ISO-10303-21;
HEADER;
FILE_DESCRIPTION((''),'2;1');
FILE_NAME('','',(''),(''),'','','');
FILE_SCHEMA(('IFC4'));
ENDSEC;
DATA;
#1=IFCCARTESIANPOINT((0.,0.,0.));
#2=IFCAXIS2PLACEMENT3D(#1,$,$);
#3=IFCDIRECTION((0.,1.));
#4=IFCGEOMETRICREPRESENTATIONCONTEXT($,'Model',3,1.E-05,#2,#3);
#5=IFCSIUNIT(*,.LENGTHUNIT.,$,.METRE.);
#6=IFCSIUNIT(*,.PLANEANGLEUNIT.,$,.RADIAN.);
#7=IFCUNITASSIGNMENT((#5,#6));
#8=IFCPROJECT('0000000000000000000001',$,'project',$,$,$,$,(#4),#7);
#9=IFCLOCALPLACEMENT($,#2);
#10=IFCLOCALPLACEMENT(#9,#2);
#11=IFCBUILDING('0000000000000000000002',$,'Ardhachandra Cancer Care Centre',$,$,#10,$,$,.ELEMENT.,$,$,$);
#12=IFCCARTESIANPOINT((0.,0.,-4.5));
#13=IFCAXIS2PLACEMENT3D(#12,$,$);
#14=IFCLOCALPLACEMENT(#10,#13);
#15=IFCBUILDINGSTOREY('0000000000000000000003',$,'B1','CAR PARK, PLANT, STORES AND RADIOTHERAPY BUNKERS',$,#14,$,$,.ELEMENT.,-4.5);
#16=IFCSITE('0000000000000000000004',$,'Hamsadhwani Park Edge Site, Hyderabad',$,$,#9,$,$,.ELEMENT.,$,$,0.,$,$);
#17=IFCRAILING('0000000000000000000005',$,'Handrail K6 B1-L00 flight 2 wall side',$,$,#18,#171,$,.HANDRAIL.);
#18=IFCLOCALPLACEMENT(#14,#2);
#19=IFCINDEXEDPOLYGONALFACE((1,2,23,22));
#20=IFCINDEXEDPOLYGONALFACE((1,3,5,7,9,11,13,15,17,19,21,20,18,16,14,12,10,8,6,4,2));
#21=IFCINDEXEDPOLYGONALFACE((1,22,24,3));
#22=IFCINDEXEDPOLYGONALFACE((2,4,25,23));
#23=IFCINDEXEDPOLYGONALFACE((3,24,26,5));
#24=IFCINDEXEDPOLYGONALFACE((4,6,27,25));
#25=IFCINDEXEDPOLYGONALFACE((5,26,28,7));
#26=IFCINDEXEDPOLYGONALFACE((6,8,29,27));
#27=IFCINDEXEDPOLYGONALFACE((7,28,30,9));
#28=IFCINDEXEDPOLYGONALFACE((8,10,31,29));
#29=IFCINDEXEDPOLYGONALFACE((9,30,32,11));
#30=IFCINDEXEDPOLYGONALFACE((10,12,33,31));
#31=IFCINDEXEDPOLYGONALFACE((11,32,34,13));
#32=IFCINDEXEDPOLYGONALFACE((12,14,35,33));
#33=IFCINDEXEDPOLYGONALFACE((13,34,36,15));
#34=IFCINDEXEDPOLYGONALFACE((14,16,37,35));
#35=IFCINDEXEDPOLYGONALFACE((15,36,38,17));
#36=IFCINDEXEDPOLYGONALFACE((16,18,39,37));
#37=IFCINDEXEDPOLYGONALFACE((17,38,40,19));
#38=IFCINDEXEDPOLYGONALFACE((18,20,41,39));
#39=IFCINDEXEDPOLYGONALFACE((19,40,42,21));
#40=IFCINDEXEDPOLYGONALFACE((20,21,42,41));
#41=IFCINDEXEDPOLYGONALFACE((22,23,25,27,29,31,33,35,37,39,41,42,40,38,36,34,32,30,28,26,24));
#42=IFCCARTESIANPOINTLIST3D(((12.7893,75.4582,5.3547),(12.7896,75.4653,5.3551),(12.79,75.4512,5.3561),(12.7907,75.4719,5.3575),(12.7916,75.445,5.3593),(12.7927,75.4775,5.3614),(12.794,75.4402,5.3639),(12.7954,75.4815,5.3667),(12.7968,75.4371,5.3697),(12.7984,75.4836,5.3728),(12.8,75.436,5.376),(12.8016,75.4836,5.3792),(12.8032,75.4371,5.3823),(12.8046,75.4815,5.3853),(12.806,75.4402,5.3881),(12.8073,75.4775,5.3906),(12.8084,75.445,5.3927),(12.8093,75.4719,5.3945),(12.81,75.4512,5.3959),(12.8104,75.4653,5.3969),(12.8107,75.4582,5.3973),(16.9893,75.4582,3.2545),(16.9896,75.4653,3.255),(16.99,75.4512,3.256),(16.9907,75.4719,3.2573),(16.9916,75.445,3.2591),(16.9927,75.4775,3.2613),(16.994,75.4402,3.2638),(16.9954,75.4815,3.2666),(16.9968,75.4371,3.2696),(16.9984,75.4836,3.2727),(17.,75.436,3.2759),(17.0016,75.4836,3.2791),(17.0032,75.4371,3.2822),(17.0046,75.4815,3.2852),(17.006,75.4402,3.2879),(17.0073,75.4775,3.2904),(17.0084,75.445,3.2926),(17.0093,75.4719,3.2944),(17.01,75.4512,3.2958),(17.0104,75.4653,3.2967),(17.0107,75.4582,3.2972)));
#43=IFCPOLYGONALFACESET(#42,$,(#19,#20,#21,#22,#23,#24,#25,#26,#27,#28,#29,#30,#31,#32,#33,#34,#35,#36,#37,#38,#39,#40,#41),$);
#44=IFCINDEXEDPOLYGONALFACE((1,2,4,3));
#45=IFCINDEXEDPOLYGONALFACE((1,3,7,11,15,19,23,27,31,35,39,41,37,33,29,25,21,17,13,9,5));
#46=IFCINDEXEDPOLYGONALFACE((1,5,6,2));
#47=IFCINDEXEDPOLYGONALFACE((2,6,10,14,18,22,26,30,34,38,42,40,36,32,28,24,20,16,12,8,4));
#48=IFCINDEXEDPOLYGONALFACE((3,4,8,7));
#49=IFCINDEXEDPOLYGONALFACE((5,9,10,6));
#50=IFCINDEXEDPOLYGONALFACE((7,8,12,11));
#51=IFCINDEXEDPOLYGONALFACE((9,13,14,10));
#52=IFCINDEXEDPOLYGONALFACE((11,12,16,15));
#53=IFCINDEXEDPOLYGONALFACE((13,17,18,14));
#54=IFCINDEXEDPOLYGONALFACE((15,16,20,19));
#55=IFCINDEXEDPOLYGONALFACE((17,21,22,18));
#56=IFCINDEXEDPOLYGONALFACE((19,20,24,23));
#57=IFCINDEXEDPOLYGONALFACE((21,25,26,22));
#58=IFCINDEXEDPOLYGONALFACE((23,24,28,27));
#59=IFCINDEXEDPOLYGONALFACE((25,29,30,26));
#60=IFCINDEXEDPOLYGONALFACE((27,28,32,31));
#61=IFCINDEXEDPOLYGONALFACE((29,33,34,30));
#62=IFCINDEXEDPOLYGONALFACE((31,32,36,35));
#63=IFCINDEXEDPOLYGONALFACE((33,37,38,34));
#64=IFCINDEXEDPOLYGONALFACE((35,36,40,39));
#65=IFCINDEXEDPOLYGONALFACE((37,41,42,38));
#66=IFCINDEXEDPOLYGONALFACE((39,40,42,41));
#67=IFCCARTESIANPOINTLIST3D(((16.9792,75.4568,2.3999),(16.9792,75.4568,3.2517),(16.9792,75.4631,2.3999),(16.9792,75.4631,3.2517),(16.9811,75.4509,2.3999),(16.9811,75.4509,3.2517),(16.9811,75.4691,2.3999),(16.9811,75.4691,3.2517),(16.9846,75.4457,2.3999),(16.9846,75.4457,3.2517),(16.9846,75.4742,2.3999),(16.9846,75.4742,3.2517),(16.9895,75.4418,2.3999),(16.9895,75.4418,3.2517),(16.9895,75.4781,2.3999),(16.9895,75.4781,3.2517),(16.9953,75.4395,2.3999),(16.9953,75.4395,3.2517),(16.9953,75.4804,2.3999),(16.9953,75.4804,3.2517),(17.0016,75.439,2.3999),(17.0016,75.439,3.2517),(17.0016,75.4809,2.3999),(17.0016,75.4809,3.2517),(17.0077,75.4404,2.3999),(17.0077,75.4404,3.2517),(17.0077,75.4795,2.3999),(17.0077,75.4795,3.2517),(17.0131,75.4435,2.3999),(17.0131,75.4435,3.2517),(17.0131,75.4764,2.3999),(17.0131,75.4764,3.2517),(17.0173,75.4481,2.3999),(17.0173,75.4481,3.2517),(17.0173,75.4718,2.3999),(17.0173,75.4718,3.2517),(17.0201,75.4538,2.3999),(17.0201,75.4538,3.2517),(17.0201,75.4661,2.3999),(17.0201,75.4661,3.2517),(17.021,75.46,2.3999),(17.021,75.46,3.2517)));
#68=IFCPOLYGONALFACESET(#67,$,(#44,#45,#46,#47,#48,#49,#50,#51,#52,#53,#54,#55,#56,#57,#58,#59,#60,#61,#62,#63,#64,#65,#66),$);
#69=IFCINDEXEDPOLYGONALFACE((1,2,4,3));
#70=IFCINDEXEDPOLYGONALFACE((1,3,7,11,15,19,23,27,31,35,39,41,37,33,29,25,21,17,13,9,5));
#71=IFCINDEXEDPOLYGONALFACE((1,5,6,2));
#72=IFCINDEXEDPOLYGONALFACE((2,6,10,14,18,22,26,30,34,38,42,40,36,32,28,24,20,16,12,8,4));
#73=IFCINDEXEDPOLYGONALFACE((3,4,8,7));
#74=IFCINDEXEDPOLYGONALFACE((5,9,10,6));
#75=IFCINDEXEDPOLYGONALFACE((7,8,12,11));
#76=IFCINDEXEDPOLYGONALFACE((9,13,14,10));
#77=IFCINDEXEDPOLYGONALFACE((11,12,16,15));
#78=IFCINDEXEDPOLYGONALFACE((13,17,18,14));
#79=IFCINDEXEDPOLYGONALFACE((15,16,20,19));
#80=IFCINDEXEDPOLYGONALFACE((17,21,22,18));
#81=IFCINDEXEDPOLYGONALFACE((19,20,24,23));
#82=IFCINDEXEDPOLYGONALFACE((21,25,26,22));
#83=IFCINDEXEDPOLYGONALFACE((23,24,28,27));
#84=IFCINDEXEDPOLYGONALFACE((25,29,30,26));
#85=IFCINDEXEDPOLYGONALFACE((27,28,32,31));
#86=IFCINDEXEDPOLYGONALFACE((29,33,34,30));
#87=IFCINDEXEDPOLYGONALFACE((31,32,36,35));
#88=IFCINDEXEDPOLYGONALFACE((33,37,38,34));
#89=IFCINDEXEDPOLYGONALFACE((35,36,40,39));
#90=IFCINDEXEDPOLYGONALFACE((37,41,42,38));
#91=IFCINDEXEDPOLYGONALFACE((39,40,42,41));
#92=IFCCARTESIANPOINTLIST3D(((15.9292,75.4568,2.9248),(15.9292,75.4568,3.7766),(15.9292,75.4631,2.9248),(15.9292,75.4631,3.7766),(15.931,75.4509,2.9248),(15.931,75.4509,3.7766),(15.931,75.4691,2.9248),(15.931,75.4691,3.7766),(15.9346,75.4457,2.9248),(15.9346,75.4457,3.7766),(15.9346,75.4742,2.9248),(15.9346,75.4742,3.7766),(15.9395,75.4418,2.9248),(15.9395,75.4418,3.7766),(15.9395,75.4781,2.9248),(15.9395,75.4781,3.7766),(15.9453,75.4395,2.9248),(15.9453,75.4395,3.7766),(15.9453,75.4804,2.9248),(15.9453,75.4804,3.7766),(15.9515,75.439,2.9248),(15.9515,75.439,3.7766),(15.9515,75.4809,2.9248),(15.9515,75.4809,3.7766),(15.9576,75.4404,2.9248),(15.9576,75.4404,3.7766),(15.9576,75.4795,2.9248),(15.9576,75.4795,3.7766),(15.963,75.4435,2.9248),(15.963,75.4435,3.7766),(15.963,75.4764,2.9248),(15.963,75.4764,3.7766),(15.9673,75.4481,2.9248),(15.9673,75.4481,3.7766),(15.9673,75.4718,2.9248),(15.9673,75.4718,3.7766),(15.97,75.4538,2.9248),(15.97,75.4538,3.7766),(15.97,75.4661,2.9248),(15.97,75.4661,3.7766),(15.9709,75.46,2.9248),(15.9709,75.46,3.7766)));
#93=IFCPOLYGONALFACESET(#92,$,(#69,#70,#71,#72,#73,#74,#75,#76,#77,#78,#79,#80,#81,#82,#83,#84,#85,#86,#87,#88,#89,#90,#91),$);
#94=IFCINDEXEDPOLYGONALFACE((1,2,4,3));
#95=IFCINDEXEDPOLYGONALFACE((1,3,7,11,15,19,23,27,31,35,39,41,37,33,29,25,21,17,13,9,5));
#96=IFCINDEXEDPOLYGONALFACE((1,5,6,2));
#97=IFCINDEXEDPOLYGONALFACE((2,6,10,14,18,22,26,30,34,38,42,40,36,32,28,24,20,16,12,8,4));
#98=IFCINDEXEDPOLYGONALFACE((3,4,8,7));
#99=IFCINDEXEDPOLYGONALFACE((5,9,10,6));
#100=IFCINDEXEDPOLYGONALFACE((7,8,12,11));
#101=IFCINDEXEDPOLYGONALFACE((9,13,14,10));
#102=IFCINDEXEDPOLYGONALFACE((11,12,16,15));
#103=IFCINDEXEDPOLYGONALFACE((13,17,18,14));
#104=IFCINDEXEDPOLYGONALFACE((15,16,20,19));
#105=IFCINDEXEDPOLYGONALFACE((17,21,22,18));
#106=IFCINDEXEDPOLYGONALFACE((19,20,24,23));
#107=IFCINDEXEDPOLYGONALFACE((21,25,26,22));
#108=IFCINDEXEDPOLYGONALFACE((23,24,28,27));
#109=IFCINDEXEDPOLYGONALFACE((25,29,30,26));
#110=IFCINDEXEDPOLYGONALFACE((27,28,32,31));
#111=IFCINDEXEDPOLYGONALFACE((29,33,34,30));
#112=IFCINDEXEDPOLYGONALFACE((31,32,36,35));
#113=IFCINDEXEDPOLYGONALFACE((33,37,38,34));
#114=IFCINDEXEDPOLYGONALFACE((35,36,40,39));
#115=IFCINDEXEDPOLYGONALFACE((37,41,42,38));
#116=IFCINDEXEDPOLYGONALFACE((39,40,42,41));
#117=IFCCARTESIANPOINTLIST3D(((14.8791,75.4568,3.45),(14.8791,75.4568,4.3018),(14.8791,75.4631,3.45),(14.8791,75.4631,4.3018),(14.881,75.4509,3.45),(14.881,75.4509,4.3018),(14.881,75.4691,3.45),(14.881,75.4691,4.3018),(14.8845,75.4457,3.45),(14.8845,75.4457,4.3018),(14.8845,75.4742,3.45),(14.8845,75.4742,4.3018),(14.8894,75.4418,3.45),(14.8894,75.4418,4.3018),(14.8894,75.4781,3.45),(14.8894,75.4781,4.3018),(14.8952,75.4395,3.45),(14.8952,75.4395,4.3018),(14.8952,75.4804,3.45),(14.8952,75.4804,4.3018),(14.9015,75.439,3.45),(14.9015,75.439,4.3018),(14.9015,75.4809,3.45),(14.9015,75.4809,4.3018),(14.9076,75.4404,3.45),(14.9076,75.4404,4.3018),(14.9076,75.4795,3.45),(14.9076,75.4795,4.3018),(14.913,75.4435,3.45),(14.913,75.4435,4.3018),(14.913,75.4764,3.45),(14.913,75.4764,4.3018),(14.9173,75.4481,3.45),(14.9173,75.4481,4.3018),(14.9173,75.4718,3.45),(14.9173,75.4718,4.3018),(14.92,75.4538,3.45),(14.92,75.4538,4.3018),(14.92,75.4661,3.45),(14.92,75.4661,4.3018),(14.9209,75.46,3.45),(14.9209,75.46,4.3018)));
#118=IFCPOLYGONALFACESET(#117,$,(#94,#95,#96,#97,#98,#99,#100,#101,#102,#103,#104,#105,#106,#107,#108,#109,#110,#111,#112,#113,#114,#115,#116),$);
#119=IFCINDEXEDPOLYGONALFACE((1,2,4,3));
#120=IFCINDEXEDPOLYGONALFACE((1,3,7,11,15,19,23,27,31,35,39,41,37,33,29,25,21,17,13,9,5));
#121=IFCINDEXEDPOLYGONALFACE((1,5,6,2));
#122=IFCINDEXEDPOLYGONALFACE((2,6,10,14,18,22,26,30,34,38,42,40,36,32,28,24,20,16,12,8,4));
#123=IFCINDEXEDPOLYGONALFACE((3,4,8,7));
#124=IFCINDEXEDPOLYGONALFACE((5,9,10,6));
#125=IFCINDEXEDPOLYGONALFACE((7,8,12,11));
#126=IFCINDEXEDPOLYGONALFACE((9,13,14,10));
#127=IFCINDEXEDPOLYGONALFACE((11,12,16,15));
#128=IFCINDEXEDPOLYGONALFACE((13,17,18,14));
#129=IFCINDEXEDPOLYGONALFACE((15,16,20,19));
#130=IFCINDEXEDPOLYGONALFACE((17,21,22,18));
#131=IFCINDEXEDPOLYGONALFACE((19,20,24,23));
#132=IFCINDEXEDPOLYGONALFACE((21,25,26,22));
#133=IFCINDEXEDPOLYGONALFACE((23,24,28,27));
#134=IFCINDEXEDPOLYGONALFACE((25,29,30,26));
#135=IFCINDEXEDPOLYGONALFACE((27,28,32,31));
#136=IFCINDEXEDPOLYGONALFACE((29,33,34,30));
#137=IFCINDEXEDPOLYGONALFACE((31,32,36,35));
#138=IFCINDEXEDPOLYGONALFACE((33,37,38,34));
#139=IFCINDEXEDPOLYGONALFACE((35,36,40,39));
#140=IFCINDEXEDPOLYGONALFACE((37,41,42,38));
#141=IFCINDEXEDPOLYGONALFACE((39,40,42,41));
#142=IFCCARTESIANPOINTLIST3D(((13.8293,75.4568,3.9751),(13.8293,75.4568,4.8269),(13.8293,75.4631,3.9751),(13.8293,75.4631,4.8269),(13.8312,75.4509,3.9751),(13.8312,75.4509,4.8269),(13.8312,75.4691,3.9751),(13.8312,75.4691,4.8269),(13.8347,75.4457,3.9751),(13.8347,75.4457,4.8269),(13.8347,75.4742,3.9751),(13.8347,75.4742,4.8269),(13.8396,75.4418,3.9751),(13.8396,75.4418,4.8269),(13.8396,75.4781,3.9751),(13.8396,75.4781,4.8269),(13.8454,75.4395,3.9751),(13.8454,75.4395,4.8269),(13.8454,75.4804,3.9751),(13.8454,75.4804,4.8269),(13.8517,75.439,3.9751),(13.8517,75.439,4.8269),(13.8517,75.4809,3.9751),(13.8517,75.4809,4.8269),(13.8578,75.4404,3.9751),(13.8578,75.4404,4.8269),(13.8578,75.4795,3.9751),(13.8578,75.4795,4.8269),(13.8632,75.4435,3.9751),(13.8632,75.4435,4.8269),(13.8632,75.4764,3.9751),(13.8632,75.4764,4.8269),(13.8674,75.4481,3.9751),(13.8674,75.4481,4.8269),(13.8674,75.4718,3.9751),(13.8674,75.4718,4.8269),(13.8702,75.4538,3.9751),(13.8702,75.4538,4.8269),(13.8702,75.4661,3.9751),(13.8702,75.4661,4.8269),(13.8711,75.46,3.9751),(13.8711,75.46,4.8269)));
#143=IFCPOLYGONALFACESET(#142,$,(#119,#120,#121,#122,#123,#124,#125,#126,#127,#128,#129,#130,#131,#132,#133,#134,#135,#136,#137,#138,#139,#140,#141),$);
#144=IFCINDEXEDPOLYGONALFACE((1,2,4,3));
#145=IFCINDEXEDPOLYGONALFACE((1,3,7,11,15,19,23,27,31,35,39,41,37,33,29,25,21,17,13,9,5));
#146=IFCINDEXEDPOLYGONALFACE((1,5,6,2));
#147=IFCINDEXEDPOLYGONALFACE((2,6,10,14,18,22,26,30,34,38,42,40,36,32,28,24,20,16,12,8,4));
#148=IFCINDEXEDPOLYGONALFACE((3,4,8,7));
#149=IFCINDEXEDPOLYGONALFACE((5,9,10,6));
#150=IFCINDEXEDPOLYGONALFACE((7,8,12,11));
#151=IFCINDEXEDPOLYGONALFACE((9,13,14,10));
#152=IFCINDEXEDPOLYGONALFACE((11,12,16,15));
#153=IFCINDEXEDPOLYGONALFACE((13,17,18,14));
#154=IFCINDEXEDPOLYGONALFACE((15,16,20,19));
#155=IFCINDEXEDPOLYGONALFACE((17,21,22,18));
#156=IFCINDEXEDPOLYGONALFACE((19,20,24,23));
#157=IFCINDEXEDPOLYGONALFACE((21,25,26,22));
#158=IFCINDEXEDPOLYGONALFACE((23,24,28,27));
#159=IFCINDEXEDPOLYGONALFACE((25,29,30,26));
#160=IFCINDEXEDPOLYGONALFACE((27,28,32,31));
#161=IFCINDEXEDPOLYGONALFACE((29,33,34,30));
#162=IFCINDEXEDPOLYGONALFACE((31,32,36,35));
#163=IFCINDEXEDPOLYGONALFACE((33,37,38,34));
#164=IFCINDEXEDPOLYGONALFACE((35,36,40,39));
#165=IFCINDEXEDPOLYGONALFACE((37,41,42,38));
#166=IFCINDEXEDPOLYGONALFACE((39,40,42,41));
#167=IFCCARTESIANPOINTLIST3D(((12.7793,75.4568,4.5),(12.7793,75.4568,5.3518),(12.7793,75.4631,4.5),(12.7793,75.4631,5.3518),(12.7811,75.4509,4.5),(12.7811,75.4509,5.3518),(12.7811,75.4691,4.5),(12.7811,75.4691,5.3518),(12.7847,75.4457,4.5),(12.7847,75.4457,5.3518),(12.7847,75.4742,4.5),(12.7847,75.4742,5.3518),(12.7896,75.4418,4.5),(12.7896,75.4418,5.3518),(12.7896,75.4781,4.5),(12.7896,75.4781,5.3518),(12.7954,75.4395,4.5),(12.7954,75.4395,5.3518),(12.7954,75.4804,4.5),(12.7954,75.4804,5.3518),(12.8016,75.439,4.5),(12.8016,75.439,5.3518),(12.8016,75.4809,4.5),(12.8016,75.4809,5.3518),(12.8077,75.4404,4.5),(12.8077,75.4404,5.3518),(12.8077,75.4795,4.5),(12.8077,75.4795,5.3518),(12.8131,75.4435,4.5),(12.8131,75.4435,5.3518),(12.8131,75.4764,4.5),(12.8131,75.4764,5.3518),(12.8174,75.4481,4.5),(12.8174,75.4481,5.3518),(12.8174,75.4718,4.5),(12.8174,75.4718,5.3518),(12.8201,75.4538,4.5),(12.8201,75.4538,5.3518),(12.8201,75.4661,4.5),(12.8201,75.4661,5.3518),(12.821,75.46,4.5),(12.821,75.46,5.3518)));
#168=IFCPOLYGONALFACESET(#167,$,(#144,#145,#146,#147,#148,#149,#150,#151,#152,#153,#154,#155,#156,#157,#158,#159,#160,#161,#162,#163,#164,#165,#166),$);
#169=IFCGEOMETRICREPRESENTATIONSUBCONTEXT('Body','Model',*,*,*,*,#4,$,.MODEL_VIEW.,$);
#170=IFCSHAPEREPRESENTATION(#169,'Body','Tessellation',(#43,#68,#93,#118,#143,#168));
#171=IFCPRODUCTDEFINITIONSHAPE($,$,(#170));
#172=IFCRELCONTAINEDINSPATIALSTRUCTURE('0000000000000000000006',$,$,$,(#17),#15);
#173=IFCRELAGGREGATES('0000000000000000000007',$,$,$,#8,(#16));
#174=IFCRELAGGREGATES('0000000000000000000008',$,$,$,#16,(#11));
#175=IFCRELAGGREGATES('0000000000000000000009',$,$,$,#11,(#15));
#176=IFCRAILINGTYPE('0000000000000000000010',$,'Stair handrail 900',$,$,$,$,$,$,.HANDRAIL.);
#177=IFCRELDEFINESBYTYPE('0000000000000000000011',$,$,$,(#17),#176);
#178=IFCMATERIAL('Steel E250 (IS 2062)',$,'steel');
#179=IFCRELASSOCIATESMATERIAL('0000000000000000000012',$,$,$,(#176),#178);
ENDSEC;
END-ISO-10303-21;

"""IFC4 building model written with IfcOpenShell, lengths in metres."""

from ifc_helpers import new_model, si_unit, direction, frame, origin, origin_2d, place, context, subcontext, project, spatial, circle, extrude, material, type_object, element, save


model = new_model("IFC4")

# Units and contexts
model_context = context("Model", 3, precision=1e-05, world=origin(), true_north=direction((0.0, 1.0)))
body_context = subcontext(model_context, "Body", "Model", "MODEL_VIEW")
ifc_project = project(units=[si_unit("LENGTHUNIT", "METRE"), si_unit("PLANEANGLEUNIT", "RADIAN")], contexts=[model_context])

# Site, building, storey
site_placement = place(None, origin())
site = spatial("IfcSite", under=ifc_project, at=site_placement, Name="Hamsadhwani Park Edge Site, Hyderabad", CompositionType="ELEMENT", RefElevation=0.0)
building_placement = place(site_placement, origin())
building = spatial("IfcBuilding", under=site, at=building_placement, Name="Ardhachandra Cancer Care Centre", CompositionType="ELEMENT")
storey_placement = place(building_placement, frame((0.0, 0.0, -4.5)))
storey = spatial("IfcBuildingStorey", under=building, at=storey_placement, Name="B1", Description="CAR PARK, PLANT, STORES AND RADIOTHERAPY BUNKERS", CompositionType="ELEMENT", Elevation=-4.5)

# Railing
ifc_material_1 = material(Name="Steel E250 (IS 2062)", Category="steel")
railing_type = type_object("IfcRailingType", Name="Stair handrail 900", PredefinedType="HANDRAIL", material=ifc_material_1)
for number, where, name in (
    (1, (17.0, 75.46, 2.3999), "Handrail K6 B1-L00 flight 2 wall side"),
):
    element("IfcRailing", number, at=place(storey_placement, frame(where)), inside=storey, type_object=railing_type, Name=name, PredefinedType="HANDRAIL", context=body_context, shape_type="SweptSolid", body=[
        extrude(circle(Radius=0.0239, at=origin_2d()), frame((0.0, 0.0, 0.876), z_axis=(-0.894417, 0.0, 0.447234), x_axis=(0.0, -1.0, 0.0)), (0.0, 0.0, 1.0), 4.6958),
        extrude(circle(Radius=0.021, at=origin_2d()), origin(), (0.0, 0.0, 1.0), 0.8518),
        extrude(circle(Radius=0.021, at=origin_2d()), frame((-1.05, 0.0, 0.5249)), (0.0, 0.0, 1.0), 0.8518),
        extrude(circle(Radius=0.021, at=origin_2d()), frame((-2.1001, 0.0, 1.05)), (0.0, 0.0, 1.0), 0.8518),
        extrude(circle(Radius=0.021, at=origin_2d()), frame((-3.1499, 0.0, 1.5752)), (0.0, 0.0, 1.0), 0.8518),
        extrude(circle(Radius=0.021, at=origin_2d()), frame((-4.2, 0.0, 2.1001)), (0.0, 0.0, 1.0), 0.8518),
    ])

save(model, "model.ifc")
